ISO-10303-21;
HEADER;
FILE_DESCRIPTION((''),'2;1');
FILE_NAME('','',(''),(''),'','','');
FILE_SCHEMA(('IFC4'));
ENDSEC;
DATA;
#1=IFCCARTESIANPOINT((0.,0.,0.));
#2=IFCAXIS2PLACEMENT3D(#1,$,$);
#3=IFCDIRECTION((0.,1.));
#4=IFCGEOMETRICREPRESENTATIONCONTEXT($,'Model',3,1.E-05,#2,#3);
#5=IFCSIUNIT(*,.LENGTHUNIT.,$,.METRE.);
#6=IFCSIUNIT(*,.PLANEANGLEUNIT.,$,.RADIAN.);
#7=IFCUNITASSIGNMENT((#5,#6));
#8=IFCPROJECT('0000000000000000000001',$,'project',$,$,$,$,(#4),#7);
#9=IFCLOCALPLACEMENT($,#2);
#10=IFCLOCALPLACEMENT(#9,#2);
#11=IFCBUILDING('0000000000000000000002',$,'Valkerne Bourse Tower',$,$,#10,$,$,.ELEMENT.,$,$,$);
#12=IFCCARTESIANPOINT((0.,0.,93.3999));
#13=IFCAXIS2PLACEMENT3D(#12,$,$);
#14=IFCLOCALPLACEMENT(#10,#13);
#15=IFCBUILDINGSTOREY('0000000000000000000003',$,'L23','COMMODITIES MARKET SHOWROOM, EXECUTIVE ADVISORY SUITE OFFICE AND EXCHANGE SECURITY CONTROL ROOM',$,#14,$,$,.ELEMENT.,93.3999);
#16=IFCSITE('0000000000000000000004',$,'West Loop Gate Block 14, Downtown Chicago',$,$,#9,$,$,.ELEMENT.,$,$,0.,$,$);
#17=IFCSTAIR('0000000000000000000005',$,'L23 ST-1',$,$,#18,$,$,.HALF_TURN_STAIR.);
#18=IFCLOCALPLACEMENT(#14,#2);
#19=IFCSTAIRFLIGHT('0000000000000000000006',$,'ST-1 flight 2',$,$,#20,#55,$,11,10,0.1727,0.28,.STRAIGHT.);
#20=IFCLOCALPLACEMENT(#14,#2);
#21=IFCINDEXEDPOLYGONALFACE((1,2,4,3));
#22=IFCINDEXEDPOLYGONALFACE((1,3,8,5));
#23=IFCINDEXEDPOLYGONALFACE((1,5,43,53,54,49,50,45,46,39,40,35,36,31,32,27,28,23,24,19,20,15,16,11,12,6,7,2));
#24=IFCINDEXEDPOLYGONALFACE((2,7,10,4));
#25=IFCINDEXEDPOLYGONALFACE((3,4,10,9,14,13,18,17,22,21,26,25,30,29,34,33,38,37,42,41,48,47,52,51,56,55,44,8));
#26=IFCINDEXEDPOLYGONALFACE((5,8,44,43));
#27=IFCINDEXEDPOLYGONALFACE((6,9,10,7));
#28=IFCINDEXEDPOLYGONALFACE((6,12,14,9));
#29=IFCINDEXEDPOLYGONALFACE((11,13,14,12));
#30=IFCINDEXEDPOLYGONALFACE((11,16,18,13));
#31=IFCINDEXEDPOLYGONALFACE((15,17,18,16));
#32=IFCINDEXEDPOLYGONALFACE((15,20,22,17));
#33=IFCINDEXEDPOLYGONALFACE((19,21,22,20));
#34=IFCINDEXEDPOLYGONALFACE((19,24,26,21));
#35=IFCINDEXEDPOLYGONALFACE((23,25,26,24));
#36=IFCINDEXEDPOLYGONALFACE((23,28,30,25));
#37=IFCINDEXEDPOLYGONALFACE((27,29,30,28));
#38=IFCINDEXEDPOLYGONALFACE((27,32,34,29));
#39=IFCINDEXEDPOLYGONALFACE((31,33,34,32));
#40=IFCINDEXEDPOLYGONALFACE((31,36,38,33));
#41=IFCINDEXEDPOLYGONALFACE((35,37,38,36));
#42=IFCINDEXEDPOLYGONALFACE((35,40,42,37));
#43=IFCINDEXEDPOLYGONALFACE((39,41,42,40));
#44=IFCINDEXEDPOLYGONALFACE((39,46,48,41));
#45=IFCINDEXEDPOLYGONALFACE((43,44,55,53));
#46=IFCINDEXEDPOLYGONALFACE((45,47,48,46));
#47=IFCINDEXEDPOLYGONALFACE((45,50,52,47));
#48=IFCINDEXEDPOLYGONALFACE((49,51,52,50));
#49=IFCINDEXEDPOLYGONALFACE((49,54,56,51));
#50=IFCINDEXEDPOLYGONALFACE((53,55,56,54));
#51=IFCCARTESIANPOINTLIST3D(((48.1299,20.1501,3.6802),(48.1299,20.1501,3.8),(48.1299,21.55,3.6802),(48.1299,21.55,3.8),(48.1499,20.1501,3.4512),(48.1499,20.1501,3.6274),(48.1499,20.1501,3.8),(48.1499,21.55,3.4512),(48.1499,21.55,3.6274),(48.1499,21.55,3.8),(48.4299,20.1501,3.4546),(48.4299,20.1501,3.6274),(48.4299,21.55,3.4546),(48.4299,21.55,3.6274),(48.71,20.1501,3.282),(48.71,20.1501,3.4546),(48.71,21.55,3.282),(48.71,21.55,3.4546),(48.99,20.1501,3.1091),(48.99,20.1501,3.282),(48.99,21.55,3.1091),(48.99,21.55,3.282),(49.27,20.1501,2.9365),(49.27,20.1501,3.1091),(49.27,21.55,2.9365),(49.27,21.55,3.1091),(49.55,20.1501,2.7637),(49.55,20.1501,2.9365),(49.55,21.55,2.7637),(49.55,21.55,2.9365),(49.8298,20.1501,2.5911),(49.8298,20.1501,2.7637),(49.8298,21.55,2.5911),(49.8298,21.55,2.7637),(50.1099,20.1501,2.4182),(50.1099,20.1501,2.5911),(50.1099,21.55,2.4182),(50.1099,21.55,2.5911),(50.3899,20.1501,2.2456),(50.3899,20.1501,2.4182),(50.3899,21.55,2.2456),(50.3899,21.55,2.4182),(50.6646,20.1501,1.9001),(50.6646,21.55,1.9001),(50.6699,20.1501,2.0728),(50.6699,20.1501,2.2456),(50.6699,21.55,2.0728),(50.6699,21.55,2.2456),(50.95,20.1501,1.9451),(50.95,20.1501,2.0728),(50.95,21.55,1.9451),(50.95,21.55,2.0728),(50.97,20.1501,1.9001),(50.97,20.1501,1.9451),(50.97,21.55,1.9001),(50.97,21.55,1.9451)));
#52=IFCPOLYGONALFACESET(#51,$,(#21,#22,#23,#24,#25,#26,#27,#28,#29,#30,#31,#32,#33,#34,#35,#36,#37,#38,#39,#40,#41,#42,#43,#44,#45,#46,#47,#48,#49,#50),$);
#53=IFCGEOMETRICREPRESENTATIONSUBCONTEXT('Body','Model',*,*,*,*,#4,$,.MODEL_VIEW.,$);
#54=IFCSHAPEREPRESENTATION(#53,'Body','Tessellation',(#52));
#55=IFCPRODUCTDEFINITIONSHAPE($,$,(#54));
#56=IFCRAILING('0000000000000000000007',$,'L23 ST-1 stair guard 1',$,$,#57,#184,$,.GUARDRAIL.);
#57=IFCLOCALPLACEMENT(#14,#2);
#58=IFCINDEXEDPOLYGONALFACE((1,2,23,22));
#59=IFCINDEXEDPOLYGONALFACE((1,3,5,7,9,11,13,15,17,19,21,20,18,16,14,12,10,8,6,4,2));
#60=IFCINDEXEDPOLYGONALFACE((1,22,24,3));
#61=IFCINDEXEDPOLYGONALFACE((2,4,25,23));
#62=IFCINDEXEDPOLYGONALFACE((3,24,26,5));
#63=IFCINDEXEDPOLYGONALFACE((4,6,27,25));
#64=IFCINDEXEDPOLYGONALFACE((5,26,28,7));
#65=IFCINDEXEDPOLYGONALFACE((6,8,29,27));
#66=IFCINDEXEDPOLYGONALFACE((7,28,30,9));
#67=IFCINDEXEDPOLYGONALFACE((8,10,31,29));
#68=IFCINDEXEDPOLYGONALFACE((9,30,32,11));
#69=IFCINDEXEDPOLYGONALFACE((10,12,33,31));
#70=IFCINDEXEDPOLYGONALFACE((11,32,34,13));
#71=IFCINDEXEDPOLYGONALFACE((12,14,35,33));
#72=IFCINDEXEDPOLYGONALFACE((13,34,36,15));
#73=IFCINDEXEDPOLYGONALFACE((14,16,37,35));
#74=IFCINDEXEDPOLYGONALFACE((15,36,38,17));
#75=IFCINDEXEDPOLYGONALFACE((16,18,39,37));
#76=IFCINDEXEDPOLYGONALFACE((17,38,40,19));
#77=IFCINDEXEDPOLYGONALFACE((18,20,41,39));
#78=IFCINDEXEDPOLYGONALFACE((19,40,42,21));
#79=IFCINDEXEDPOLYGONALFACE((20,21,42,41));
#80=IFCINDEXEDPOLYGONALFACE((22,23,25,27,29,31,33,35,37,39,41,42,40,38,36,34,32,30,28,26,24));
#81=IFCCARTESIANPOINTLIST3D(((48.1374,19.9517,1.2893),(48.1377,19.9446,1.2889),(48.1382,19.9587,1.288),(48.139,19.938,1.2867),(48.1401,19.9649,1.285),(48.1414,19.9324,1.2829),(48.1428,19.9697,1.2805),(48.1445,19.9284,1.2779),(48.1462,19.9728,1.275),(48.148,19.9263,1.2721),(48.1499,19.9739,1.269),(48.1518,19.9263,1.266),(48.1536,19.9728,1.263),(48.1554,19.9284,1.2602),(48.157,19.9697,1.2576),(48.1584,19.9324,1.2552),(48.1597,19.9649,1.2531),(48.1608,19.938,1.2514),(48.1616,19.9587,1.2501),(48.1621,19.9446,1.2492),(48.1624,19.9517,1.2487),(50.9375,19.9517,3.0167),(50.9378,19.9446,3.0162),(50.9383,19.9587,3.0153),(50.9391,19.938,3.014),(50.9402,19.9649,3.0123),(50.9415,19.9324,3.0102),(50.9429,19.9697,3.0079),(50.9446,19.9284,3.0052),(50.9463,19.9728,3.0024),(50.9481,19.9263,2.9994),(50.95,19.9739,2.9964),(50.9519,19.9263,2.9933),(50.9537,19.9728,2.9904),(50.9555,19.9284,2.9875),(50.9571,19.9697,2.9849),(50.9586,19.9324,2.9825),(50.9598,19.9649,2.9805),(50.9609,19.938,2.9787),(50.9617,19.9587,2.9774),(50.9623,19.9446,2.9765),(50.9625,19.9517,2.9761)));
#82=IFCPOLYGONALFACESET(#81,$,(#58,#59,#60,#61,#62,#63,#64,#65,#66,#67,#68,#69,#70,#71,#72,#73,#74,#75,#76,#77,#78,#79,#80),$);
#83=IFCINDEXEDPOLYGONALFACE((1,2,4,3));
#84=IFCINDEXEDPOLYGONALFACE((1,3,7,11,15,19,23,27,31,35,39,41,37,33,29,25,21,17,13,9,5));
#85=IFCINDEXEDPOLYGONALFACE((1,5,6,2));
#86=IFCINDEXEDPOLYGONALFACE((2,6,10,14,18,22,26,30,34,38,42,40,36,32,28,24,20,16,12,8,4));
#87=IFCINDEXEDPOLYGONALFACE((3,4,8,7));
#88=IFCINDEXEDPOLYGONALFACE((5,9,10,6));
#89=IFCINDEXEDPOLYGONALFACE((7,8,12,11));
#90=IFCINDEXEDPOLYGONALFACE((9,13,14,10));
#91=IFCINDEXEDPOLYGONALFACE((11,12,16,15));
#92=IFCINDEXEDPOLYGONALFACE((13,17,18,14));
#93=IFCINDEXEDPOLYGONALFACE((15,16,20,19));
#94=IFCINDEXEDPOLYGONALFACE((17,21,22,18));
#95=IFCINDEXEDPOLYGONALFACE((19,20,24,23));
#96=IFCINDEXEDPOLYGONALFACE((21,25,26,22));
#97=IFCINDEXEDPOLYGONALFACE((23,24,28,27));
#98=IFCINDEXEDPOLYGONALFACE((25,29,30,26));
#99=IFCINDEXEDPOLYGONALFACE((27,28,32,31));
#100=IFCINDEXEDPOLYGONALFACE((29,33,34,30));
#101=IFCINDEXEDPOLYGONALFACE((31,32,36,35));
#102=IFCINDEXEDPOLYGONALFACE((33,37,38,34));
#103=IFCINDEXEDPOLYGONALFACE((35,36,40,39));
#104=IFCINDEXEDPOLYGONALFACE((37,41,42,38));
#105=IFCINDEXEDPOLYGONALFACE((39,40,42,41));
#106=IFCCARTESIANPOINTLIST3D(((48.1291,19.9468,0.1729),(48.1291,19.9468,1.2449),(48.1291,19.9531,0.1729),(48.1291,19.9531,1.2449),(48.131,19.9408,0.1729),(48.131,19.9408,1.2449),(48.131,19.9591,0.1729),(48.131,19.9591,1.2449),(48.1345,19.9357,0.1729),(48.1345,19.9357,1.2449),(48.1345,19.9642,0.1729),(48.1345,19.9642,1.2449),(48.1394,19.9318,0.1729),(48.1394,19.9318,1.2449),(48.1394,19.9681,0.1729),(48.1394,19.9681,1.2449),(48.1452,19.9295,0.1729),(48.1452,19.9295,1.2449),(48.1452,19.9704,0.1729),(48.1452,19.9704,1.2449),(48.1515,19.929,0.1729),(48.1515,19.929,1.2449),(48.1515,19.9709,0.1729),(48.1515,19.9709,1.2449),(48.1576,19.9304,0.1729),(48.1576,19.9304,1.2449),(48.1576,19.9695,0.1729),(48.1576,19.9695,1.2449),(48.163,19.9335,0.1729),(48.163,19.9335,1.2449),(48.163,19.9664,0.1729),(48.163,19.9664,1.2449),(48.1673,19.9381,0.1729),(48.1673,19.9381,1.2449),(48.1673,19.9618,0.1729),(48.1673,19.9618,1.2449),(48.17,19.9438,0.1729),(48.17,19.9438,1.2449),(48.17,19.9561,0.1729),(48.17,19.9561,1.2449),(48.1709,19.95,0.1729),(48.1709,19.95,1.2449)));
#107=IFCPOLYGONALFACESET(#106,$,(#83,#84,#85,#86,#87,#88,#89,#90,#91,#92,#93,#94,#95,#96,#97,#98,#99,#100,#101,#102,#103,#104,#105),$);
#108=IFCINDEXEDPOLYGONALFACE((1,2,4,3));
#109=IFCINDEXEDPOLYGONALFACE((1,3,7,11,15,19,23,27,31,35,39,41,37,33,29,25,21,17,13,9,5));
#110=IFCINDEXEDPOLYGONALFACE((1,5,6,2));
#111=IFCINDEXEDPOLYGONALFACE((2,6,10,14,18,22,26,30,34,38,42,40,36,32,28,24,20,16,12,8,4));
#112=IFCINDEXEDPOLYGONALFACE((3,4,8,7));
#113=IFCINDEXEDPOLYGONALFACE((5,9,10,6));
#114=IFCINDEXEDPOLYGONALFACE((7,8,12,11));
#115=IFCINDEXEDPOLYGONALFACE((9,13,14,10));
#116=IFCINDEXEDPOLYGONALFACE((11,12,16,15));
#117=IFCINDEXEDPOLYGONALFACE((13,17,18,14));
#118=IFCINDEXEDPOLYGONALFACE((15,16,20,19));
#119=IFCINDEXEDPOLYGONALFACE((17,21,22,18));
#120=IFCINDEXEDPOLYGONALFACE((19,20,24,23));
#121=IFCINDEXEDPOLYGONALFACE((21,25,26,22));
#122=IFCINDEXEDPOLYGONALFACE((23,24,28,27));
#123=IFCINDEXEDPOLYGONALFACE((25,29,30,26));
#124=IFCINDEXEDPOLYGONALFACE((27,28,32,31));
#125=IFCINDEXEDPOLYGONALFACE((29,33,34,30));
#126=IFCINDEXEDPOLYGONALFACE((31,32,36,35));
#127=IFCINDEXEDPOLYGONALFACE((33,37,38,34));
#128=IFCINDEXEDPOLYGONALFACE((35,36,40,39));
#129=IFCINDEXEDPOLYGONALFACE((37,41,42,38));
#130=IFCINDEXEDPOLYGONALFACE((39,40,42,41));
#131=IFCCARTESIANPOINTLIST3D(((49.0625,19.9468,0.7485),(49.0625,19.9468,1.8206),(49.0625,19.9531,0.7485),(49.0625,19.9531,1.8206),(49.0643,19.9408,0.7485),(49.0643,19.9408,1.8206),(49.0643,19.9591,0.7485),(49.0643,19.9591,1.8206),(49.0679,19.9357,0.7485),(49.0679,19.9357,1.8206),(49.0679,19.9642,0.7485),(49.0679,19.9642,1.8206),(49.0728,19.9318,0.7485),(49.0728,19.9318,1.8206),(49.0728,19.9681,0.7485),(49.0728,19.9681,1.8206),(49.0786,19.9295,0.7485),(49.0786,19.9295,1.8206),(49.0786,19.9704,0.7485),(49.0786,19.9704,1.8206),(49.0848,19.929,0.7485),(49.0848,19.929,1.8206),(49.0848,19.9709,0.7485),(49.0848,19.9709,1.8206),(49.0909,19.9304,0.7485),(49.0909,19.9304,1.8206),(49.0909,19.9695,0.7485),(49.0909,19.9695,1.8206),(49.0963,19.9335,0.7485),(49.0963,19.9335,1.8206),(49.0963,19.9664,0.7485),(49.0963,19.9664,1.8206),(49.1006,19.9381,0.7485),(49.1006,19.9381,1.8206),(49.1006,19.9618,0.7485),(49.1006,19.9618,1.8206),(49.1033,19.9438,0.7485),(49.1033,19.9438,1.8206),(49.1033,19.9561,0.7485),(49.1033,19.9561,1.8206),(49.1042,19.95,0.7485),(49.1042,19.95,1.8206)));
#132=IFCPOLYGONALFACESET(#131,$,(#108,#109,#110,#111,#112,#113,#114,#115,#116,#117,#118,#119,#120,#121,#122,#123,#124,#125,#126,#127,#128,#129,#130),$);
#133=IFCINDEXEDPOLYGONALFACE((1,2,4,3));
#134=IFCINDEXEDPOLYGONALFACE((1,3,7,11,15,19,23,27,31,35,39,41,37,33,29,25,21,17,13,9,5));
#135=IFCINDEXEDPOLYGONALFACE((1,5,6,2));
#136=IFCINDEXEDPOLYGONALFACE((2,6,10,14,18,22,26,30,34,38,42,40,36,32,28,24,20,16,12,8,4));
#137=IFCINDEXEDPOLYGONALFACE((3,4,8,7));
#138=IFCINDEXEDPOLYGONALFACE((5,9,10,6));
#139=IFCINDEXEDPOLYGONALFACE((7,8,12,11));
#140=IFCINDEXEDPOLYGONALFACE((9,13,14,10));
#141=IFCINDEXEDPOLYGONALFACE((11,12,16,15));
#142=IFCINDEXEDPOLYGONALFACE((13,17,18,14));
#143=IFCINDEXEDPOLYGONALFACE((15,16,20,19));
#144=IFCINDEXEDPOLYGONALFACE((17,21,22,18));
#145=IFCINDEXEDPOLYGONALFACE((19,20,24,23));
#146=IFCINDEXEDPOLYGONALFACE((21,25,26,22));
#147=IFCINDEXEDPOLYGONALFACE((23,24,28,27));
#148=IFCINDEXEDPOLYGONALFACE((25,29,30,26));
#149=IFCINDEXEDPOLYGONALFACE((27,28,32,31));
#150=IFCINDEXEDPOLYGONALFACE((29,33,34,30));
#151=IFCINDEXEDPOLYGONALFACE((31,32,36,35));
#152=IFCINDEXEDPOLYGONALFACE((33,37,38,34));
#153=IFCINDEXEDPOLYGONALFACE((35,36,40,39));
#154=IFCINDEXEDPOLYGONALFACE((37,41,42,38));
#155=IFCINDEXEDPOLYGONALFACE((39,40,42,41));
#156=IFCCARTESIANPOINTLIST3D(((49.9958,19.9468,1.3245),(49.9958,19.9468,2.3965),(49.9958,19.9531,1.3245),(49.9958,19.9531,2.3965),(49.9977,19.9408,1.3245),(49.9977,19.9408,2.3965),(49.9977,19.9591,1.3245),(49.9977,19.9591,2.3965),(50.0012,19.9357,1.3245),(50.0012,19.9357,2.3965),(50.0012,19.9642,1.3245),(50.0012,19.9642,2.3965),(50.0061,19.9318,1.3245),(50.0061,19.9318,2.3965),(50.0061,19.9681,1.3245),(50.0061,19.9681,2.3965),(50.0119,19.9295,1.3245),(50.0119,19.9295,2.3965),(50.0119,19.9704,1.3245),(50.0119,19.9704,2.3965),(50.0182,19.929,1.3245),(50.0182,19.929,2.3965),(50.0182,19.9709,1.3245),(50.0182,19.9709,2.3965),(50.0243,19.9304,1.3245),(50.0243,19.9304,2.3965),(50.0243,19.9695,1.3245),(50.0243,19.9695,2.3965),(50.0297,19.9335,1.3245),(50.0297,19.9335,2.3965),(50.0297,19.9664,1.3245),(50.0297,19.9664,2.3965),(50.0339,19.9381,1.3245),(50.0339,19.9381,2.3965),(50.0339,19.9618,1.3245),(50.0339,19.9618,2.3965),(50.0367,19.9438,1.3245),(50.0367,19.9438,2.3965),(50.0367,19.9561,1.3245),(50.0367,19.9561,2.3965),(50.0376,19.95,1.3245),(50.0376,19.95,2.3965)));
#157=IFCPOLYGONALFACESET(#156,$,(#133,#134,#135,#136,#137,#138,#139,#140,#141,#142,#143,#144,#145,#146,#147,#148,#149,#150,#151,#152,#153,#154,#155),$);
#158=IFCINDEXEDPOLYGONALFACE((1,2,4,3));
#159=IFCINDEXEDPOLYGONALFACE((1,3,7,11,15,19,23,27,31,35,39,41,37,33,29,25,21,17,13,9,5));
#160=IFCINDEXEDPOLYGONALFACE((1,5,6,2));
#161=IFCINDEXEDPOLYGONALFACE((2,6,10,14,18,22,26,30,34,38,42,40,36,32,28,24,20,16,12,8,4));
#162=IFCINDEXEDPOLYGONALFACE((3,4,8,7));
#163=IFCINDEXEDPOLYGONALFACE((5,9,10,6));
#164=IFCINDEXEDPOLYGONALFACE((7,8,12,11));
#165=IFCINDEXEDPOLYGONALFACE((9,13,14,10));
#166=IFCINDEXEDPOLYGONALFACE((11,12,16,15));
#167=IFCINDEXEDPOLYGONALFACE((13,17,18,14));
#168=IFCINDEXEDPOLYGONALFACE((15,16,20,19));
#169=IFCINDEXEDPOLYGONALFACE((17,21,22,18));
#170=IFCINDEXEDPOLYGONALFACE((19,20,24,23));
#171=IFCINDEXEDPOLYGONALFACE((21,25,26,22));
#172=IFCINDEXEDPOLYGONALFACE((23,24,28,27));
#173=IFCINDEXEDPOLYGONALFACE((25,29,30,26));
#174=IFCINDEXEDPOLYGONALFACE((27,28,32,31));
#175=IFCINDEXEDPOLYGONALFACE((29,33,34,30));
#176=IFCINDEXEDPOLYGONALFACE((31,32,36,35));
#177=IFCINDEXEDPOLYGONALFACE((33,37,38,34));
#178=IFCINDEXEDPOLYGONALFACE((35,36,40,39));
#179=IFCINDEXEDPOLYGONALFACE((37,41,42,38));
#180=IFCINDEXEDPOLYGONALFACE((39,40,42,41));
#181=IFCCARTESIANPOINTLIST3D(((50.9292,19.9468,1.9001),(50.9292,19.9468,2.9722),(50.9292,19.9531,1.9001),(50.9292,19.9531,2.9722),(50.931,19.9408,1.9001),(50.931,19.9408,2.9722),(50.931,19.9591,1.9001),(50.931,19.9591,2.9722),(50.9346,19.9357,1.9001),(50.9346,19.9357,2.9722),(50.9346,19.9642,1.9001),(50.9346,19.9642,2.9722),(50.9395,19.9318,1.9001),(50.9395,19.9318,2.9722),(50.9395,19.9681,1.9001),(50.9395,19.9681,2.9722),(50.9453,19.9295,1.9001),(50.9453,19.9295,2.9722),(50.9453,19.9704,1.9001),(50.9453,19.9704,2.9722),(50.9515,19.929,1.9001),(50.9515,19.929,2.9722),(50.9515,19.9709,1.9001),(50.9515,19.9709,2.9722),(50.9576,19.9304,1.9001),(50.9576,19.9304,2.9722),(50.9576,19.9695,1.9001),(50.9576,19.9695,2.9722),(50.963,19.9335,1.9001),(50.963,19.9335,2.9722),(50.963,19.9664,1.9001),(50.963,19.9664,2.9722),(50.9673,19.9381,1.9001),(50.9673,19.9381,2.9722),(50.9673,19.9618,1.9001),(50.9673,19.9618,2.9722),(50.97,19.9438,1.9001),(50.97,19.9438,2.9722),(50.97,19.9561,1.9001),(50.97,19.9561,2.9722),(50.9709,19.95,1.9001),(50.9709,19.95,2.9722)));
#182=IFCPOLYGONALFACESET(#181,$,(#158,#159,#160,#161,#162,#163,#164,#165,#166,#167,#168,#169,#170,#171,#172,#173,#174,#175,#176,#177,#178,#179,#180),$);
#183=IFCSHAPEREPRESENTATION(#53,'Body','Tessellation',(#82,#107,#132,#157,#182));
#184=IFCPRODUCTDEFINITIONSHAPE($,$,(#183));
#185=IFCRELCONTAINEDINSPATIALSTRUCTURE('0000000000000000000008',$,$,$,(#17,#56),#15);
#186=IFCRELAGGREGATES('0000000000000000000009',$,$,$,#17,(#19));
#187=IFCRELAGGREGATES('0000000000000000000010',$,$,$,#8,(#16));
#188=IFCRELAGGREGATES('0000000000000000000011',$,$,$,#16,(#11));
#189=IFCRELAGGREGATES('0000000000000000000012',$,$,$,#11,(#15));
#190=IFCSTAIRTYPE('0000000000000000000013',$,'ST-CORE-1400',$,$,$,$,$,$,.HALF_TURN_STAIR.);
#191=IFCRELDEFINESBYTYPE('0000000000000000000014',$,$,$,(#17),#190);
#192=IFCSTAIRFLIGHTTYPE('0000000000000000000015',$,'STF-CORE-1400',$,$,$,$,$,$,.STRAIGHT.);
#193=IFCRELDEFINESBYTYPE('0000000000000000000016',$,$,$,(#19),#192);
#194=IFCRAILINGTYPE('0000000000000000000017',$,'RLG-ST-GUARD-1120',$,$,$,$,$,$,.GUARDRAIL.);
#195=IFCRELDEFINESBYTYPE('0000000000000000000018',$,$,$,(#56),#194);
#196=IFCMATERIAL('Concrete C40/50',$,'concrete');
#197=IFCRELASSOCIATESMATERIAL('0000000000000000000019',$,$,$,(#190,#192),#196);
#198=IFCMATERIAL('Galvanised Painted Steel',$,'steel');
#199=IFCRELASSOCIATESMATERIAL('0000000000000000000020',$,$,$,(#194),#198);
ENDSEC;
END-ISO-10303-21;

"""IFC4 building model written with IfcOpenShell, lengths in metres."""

from ifc_helpers import new_model, si_unit, direction, frame, origin, origin_2d, place, context, subcontext, project, spatial, polyline, circle, outline, extrude, material, type_object, element, aggregate, save


model = new_model("IFC4")

# Units and contexts
model_context = context("Model", 3, precision=1e-05, world=origin(), true_north=direction((0.0, 1.0)))
body_context = subcontext(model_context, "Body", "Model", "MODEL_VIEW")
ifc_project = project(units=[si_unit("LENGTHUNIT", "METRE"), si_unit("PLANEANGLEUNIT", "RADIAN")], contexts=[model_context])

# Site, building, storey
site_placement = place(None, origin())
site = spatial("IfcSite", under=ifc_project, at=site_placement, Name="West Loop Gate Block 14, Downtown Chicago", CompositionType="ELEMENT", RefElevation=0.0)
building_placement = place(site_placement, origin())
building = spatial("IfcBuilding", under=site, at=building_placement, Name="Valkerne Bourse Tower", CompositionType="ELEMENT")
storey_placement = place(building_placement, frame((0.0, 0.0, 93.3999)))
storey = spatial("IfcBuildingStorey", under=building, at=storey_placement, Name="L23", Description="COMMODITIES MARKET SHOWROOM, EXECUTIVE ADVISORY SUITE OFFICE AND EXCHANGE SECURITY CONTROL ROOM", CompositionType="ELEMENT", Elevation=93.3999)

# Shared definitions
ifc_material_1 = material(Name="Galvanised Painted Steel", Category="steel")

# Stair, stair flight
ifc_material_2 = material(Name="Concrete C40/50", Category="concrete")
stair_type = type_object("IfcStairType", Name="ST-CORE-1400", PredefinedType="HALF_TURN_STAIR", material=ifc_material_2)
stair_placement = place(storey_placement, origin())
stair = element("IfcStair", 1, at=stair_placement, inside=storey, type_object=stair_type, Name="L23 ST-1", PredefinedType="HALF_TURN_STAIR")
stair_flight_type = type_object("IfcStairFlightType", Name="STF-CORE-1400", PredefinedType="STRAIGHT", material=ifc_material_2)
stair_flight_1_placement = place(storey_placement, frame((50.95, 20.8501, 1.9001), z_axis=(0.0, 0.0, 1.0), x_axis=(-1.0, 0.0, 0.0)))
stair_flight_1 = element("IfcStairFlight", 2, at=stair_flight_1_placement, type_object=stair_flight_type, Name="ST-1 flight 2", NumberOfRisers=11, NumberOfTreads=10, PredefinedType="STRAIGHT", RiserHeight=0.1727, TreadLength=0.28, context=body_context, shape_type="SweptSolid", body=[
    extrude(outline(polyline([(-0.02, 0.0), (-0.02, 0.0449), (0.0, 0.0449), (0.0, 0.1726), (0.28, 0.1726), (0.28, 0.3455), (0.5601, 0.3455), (0.5601, 0.5181), (0.8401, 0.5181), (0.8401, 0.6909), (1.1201, 0.6909), (1.1201, 0.8635), (1.3999, 0.8635), (1.3999, 1.0364), (1.6799, 1.0364), (1.6799, 1.209), (1.96, 1.209), (1.96, 1.3818), (2.24, 1.3818), (2.24, 1.5544), (2.52, 1.5544), (2.52, 1.7273), (2.8, 1.7273), (2.8, 1.8999), (2.8201, 1.8999), (2.8201, 1.78), (2.8, 1.551), (0.2854, 0.0), (-0.02, 0.0)])), frame((0.0, 0.7, 0.0), z_axis=(0.0, -1.0, 0.0), x_axis=(1.0, 0.0, 0.0)), (0.0, 0.0, 1.0), 1.3999),
])
aggregate(stair, [stair_flight_1])

# Railing
railing_type_1 = type_object("IfcRailingType", Name="RLG-ST-GUARD-1120", PredefinedType="GUARDRAIL", material=ifc_material_1)
railing_1_placement = place(storey_placement, frame((48.1499, 19.95, 0.1729)))
element("IfcRailing", 3, at=railing_1_placement, inside=storey, type_object=railing_type_1, Name="L23 ST-1 stair guard 1", PredefinedType="GUARDRAIL", context=body_context, shape_type="SweptSolid", body=[
    extrude(circle(Radius=0.0239, at=origin_2d()), frame((0.0, 0.0, 1.0962), z_axis=(0.85109, 0.0, 0.52502), x_axis=(0.0, 1.0, 0.0)), (0.0, 0.0, 1.0), 3.29),
    extrude(circle(Radius=0.021, at=origin_2d()), origin(), (0.0, 0.0, 1.0), 1.072),
    extrude(circle(Radius=0.021, at=origin_2d()), frame((0.9333, 0.0, 0.5757)), (0.0, 0.0, 1.0), 1.072),
    extrude(circle(Radius=0.021, at=origin_2d()), frame((1.8667, 0.0, 1.1516)), (0.0, 0.0, 1.0), 1.072),
    extrude(circle(Radius=0.021, at=origin_2d()), frame((2.8, 0.0, 1.7273)), (0.0, 0.0, 1.0), 1.072),
])

save(model, "model.ifc")
